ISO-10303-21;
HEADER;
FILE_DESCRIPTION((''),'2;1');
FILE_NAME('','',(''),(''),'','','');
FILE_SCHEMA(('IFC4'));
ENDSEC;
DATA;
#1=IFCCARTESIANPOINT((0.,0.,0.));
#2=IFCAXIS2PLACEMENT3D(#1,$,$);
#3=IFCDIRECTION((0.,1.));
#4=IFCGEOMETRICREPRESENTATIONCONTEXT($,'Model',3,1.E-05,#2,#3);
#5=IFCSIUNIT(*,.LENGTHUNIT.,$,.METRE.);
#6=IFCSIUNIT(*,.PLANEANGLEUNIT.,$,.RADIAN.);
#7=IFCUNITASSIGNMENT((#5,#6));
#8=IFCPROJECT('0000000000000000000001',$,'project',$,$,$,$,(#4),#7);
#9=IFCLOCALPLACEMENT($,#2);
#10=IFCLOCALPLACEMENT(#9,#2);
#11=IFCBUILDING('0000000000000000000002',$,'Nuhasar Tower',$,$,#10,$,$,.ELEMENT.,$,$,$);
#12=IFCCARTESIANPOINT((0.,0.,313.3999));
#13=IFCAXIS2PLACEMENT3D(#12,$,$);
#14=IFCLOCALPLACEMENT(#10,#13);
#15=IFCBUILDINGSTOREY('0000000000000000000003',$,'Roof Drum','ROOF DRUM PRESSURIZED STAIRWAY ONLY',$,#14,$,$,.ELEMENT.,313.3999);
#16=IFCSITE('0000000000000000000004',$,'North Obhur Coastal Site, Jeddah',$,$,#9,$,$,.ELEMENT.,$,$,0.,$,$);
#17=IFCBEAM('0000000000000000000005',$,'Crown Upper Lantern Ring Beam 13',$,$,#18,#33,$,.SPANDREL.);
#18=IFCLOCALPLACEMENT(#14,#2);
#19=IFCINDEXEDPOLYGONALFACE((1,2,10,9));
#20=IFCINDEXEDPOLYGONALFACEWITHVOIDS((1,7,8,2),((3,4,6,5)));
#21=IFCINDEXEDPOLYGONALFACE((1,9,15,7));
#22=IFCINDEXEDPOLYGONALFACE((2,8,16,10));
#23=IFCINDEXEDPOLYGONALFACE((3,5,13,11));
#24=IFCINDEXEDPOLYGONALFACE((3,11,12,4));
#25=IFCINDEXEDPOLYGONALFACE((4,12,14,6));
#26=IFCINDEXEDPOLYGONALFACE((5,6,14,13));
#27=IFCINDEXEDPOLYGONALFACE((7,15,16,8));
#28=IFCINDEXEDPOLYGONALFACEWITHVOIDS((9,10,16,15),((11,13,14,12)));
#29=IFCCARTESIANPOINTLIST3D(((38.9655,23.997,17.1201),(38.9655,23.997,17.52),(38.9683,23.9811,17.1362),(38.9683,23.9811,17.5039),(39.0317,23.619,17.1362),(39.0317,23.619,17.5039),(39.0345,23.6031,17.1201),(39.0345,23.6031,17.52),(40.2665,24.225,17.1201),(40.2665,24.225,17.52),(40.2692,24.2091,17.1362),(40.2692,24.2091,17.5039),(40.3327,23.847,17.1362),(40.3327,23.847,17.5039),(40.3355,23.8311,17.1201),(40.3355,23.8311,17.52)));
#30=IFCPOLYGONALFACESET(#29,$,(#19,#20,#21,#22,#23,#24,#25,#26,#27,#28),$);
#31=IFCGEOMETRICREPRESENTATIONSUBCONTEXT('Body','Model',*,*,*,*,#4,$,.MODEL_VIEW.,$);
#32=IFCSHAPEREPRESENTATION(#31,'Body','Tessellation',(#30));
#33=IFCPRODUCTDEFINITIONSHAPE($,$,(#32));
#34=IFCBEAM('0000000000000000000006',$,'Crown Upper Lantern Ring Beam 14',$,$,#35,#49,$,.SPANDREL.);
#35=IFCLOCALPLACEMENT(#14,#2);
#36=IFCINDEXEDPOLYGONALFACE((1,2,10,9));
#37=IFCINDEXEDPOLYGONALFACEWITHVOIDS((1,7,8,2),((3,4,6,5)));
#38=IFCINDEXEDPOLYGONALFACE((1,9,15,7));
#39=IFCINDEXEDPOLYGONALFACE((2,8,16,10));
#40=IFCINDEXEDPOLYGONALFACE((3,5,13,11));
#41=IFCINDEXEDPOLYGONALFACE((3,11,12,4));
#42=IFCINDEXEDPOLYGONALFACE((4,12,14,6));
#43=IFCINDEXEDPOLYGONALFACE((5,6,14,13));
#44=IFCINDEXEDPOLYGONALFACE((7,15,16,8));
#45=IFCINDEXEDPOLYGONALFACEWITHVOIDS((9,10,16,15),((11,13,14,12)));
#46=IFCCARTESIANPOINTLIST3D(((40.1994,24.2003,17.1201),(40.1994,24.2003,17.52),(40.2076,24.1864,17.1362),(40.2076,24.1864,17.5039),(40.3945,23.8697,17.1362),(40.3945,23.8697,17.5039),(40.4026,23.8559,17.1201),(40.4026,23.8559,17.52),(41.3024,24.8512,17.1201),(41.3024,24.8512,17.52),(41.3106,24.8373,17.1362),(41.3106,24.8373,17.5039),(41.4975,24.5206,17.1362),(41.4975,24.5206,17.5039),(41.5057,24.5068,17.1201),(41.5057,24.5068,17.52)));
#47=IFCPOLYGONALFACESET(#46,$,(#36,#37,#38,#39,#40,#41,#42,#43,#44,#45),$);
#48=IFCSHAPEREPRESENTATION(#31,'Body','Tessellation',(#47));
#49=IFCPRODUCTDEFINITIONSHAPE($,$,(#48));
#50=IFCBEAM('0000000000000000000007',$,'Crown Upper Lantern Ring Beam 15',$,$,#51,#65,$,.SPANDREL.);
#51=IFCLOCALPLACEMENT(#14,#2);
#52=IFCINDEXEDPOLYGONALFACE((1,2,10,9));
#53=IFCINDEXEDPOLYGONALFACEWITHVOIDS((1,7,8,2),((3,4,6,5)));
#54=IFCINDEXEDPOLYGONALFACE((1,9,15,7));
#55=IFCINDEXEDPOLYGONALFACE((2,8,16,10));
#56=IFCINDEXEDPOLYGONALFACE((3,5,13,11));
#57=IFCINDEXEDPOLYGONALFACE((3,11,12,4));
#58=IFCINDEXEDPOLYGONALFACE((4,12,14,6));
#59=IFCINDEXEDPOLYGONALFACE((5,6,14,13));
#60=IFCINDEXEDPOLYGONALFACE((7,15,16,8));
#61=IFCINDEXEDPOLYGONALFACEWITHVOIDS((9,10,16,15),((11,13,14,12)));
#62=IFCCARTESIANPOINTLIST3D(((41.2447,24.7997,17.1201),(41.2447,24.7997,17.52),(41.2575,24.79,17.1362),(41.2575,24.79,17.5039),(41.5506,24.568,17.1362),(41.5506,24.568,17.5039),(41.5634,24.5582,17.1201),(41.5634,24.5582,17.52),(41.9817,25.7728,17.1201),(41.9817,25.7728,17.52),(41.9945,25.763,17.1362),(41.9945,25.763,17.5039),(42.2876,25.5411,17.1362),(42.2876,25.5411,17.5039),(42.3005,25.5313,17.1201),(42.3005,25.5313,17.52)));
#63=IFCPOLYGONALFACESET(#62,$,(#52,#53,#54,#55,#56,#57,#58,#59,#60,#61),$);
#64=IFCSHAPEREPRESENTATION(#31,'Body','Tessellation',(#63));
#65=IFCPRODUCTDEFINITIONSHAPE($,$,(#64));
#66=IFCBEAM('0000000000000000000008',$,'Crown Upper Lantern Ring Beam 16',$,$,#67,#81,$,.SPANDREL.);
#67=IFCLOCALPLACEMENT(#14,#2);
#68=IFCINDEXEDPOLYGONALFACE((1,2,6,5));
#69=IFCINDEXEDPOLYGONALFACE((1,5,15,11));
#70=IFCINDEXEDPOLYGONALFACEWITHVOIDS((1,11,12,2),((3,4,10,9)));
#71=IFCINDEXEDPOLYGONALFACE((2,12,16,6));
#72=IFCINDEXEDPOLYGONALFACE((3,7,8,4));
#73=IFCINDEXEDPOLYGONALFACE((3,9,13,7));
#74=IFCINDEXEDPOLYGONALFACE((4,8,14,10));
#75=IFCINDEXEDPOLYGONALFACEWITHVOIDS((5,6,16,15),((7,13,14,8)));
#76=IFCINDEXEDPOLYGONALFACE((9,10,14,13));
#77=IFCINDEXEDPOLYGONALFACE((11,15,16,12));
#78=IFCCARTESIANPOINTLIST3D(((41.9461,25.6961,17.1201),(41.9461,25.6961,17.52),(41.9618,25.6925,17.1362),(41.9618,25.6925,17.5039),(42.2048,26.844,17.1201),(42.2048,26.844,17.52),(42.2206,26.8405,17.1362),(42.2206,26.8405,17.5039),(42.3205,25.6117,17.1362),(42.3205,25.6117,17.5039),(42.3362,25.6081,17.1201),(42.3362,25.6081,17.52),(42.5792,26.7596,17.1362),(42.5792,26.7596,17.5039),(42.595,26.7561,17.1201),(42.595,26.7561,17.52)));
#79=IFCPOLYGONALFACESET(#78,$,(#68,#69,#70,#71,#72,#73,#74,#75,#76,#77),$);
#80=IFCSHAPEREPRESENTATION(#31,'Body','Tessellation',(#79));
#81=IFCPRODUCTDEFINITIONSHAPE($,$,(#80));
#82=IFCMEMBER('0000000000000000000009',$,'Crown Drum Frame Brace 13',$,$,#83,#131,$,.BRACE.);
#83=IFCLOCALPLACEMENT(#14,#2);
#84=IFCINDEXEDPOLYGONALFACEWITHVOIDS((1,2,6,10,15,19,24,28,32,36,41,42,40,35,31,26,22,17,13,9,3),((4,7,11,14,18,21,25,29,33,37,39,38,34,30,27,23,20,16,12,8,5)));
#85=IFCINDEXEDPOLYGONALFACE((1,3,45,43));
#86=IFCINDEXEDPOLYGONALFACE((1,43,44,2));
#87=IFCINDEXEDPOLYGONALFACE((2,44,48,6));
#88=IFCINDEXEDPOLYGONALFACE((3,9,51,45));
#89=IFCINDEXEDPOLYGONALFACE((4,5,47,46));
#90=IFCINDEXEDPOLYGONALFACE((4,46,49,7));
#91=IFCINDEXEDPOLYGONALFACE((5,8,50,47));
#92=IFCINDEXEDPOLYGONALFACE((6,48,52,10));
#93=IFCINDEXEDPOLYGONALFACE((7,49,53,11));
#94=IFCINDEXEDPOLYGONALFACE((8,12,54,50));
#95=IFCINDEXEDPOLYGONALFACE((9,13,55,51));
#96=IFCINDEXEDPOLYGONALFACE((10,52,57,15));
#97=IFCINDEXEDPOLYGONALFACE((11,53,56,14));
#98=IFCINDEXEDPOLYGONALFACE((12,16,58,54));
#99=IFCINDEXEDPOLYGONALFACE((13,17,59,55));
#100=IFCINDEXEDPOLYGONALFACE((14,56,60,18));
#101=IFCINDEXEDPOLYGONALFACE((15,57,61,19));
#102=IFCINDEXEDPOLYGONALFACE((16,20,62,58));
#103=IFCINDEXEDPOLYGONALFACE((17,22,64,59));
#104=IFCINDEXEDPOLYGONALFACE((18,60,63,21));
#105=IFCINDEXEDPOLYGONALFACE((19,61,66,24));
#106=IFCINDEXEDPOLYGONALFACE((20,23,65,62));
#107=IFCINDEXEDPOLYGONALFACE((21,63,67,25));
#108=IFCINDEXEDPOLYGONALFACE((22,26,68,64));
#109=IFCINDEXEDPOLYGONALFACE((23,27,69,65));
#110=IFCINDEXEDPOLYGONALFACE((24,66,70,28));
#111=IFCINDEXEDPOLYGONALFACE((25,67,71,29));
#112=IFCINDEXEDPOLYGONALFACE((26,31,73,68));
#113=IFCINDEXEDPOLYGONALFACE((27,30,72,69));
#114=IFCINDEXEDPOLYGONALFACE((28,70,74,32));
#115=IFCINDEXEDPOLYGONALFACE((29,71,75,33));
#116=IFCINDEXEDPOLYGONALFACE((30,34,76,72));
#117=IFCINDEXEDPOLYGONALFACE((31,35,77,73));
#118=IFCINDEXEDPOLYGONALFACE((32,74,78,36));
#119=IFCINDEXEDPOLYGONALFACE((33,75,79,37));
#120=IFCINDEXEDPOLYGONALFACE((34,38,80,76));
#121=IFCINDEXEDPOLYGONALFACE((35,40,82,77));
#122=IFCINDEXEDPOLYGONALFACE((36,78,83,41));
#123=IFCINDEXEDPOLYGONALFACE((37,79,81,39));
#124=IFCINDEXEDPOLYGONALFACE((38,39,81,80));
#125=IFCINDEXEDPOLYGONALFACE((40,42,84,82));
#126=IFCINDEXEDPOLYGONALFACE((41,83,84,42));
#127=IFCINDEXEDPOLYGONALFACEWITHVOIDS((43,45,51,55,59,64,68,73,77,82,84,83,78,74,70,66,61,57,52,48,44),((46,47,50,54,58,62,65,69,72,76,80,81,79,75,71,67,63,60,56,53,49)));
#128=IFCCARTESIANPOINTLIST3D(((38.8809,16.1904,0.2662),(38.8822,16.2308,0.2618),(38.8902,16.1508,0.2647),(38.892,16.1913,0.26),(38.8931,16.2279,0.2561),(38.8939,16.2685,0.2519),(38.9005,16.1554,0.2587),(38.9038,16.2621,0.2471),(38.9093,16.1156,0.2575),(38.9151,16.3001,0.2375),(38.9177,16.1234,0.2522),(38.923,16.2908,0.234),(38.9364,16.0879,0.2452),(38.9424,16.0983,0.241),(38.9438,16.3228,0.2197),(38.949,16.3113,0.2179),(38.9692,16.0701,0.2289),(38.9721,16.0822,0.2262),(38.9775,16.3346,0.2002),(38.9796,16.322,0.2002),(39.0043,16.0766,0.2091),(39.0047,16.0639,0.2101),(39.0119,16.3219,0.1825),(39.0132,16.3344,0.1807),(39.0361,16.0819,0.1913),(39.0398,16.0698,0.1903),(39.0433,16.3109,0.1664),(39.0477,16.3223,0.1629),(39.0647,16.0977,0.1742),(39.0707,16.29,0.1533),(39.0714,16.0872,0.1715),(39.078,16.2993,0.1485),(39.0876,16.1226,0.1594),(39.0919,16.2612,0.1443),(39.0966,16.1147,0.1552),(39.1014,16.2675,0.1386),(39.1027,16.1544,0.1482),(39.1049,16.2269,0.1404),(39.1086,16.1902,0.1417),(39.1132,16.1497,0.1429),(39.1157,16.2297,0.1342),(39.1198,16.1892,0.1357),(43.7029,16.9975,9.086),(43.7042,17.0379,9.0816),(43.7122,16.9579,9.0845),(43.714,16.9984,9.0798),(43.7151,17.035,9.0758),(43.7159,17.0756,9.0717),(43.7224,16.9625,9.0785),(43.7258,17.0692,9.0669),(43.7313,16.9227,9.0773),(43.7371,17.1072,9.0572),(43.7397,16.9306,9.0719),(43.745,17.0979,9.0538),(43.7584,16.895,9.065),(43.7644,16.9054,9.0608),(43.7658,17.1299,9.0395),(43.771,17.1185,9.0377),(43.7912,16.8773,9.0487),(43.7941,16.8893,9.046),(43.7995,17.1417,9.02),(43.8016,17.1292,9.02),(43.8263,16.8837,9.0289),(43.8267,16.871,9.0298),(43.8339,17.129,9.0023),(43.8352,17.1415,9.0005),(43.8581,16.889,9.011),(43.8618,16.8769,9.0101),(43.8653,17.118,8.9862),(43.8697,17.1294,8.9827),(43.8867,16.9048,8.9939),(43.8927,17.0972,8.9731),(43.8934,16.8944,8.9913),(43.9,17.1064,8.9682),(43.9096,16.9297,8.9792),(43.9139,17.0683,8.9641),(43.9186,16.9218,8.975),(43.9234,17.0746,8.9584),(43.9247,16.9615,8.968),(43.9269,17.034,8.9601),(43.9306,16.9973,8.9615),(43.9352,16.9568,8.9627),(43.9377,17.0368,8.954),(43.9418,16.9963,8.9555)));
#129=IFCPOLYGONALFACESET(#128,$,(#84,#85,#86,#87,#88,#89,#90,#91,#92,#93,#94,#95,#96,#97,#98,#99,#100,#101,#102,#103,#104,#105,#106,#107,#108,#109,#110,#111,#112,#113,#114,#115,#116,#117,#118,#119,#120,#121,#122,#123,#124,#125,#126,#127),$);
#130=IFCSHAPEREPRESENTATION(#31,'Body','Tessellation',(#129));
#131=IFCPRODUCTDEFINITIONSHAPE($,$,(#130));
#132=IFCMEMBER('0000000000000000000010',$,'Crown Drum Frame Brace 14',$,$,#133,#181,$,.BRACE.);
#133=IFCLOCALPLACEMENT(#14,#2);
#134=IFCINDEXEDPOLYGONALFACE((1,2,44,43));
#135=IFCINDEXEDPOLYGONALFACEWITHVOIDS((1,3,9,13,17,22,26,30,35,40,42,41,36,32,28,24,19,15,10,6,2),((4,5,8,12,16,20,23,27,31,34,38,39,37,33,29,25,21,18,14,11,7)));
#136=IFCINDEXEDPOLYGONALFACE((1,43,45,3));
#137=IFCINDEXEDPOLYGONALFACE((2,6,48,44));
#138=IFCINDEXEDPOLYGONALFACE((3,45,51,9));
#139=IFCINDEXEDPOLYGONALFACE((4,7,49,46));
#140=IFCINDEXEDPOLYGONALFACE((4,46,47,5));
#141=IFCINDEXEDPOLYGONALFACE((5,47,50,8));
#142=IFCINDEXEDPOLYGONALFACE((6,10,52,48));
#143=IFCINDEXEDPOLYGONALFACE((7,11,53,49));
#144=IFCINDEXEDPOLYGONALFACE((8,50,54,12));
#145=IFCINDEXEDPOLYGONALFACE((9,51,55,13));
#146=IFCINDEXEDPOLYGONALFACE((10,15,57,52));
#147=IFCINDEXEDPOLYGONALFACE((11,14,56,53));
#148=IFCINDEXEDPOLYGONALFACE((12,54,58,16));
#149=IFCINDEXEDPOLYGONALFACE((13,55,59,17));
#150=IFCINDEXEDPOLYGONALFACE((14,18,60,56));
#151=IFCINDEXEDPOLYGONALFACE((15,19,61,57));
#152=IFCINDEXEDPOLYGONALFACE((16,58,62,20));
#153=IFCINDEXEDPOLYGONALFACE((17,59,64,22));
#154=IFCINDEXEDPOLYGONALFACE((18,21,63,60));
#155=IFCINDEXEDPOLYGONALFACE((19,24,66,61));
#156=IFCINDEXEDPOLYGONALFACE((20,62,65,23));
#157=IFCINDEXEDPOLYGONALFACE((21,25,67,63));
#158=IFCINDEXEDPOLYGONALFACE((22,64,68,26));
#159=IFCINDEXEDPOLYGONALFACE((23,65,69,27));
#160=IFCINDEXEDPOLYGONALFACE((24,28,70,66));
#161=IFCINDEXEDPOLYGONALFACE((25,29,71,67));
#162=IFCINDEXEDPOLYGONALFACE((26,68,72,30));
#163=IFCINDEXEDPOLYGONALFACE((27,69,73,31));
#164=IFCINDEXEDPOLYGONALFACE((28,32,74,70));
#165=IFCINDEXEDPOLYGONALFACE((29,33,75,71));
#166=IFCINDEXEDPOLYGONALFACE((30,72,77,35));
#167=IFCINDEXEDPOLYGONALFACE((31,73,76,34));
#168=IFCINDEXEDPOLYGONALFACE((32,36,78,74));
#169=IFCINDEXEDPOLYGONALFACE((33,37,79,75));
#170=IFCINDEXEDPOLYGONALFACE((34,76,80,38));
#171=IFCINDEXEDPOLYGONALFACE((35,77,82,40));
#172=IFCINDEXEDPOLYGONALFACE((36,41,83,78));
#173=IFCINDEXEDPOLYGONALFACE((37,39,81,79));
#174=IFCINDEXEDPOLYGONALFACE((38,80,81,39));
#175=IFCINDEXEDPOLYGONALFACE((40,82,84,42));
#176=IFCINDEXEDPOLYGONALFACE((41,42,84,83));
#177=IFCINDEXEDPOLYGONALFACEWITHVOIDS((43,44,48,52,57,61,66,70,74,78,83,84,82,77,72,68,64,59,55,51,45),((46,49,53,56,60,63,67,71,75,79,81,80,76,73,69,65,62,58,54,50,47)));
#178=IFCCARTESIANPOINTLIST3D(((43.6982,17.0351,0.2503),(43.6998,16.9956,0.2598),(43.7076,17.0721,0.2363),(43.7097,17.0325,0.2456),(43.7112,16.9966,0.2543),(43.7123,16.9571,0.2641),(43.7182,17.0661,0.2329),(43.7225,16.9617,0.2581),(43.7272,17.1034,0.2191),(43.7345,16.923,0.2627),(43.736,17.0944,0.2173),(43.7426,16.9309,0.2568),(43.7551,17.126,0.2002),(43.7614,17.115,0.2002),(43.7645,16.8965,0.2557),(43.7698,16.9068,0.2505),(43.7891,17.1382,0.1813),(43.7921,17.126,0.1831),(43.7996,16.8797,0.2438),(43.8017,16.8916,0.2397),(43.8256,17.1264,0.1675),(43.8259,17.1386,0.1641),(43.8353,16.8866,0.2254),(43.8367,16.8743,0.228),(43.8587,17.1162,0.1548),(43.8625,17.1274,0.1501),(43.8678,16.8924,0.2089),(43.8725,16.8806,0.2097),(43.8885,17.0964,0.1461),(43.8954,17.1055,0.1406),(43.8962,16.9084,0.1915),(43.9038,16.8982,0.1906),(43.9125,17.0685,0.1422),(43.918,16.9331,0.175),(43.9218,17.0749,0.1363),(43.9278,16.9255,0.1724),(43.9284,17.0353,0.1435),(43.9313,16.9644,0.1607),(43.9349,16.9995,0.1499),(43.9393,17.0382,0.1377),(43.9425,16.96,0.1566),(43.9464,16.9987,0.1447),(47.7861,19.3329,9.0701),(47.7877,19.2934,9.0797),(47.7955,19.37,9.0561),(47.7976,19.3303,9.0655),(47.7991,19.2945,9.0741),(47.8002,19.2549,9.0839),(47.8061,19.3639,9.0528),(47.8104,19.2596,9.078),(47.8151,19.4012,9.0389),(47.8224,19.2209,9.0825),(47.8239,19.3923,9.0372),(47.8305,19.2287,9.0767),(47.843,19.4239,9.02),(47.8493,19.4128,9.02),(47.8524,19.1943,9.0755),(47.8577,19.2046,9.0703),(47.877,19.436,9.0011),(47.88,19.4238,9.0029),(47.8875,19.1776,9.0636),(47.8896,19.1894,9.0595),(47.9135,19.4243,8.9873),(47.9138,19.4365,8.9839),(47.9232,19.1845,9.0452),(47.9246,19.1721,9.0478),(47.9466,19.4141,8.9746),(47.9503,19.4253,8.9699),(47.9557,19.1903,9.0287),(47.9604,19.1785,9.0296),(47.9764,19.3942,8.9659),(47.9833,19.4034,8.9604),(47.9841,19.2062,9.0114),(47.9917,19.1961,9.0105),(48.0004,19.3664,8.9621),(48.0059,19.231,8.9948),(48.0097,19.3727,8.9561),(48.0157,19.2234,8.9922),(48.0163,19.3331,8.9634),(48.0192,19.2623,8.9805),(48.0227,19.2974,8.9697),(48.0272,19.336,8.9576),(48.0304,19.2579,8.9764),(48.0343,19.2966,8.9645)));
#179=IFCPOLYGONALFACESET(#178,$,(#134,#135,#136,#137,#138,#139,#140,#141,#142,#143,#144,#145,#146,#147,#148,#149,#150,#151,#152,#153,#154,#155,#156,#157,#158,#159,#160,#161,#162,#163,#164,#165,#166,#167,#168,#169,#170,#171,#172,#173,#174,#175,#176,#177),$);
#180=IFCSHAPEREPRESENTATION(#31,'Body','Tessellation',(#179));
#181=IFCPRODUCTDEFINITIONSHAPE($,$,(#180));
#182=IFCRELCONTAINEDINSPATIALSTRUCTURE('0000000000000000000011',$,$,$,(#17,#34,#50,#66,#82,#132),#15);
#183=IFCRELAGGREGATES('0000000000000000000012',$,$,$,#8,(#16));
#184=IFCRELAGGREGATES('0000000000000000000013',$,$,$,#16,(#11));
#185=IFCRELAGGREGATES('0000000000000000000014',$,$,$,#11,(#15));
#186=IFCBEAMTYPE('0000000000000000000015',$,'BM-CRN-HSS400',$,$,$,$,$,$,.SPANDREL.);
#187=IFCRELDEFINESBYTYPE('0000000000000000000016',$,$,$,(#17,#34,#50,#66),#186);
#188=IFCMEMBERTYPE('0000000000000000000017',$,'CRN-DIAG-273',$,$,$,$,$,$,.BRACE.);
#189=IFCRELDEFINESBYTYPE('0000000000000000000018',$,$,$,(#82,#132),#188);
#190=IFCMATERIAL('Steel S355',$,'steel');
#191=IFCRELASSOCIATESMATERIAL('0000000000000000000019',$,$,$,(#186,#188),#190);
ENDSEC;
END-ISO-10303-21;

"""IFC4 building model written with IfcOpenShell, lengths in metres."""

from ifc_helpers import new_model, si_unit, direction, frame, origin, origin_2d, place, context, subcontext, project, spatial, hollow_rectangle, hollow_circle, extrude, material, material_profile, profile_set, type_object, element, save


model = new_model("IFC4")

# Units and contexts
model_context = context("Model", 3, precision=1e-05, world=origin(), true_north=direction((0.0, 1.0)))
body_context = subcontext(model_context, "Body", "Model", "MODEL_VIEW")
ifc_project = project(units=[si_unit("LENGTHUNIT", "METRE"), si_unit("PLANEANGLEUNIT", "RADIAN")], contexts=[model_context])

# Site, building, storey
site_placement = place(None, origin())
site = spatial("IfcSite", under=ifc_project, at=site_placement, Name="North Obhur Coastal Site, Jeddah", CompositionType="ELEMENT", RefElevation=0.0)
building_placement = place(site_placement, origin())
building = spatial("IfcBuilding", under=site, at=building_placement, Name="Nuhasar Tower", CompositionType="ELEMENT")
storey_placement = place(building_placement, frame((0.0, 0.0, 313.3999)))
storey = spatial("IfcBuildingStorey", under=building, at=storey_placement, Name="Roof Drum", Description="ROOF DRUM PRESSURIZED STAIRWAY ONLY", CompositionType="ELEMENT", Elevation=313.3999)

# Beams
ifc_material_1 = material(Name="Steel S355", Category="steel")
ifc_material_profile_1 = material_profile(ifc_material_1, hollow_rectangle(XDim=0.3999, YDim=0.3999, WallThickness=0.0161, at=origin_2d()), Name="HSS400X400X16")
ifc_profile_set_1 = profile_set([ifc_material_profile_1], Name="Steel S355")
beam_type = type_object("IfcBeamType", Name="BM-CRN-HSS400", PredefinedType="SPANDREL", material=ifc_profile_set_1)
beam_1_placement = place(storey_placement, frame((39.0, 23.8, 17.3201), z_axis=(0.984986, 0.172636, 0.0), x_axis=(-0.172636, 0.984986, 0.0)))
element("IfcBeam", 1, at=beam_1_placement, inside=storey, type_object=beam_type, Name="Crown Upper Lantern Ring Beam 13", PredefinedType="SPANDREL", context=body_context, shape_type="SweptSolid", body=[
    extrude(hollow_rectangle(XDim=0.3999, YDim=0.3999, WallThickness=0.0161, at=origin_2d()), origin(), (0.0, 0.0, 1.0), 1.3208),
])
beam_2_placement = place(storey_placement, frame((40.301, 24.0281, 17.3201), z_axis=(0.861238, 0.508203, 0.0), x_axis=(-0.508203, 0.861238, 0.0)))
element("IfcBeam", 2, at=beam_2_placement, inside=storey, type_object=beam_type, Name="Crown Upper Lantern Ring Beam 14", PredefinedType="SPANDREL", context=body_context, shape_type="SweptSolid", body=[
    extrude(hollow_rectangle(XDim=0.3999, YDim=0.3999, WallThickness=0.0161, at=origin_2d()), origin(), (0.0, 0.0, 1.0), 1.2808),
])
beam_3_placement = place(storey_placement, frame((41.4041, 24.679, 17.3201), z_axis=(0.603769, 0.797159, 0.0), x_axis=(-0.797159, 0.603769, 0.0)))
element("IfcBeam", 3, at=beam_3_placement, inside=storey, type_object=beam_type, Name="Crown Upper Lantern Ring Beam 15", PredefinedType="SPANDREL", context=body_context, shape_type="SweptSolid", body=[
    extrude(hollow_rectangle(XDim=0.3999, YDim=0.3999, WallThickness=0.0161, at=origin_2d()), origin(), (0.0, 0.0, 1.0), 1.2207),
])
beam_4_placement = place(storey_placement, frame((42.1411, 25.6521, 17.3201), z_axis=(0.219917, 0.975519, 0.0), x_axis=(-0.975519, 0.219917, 0.0)))
element("IfcBeam", 4, at=beam_4_placement, inside=storey, type_object=beam_type, Name="Crown Upper Lantern Ring Beam 16", PredefinedType="SPANDREL", context=body_context, shape_type="SweptSolid", body=[
    extrude(hollow_rectangle(XDim=0.3999, YDim=0.3999, WallThickness=0.0161, at=origin_2d()), origin(), (0.0, 0.0, 1.0), 1.1768),
])

# Members
ifc_material_profile_2 = material_profile(ifc_material_1, hollow_circle(Radius=0.1365, WallThickness=0.0127, at=origin_2d()), Name="HSS273.1X12.7")
ifc_profile_set_2 = profile_set([ifc_material_profile_2], Name="Steel S355")
member_type_1 = type_object("IfcMemberType", Name="CRN-DIAG-273", PredefinedType="BRACE", material=ifc_profile_set_2)
member_1_placement = place(storey_placement, frame((39.0, 16.2, 0.2002), z_axis=(0.478172, 0.080038, 0.874611), x_axis=(-0.165087, 0.986279, 0.0)))
element("IfcMember", 5, at=member_1_placement, inside=storey, type_object=member_type_1, Name="Crown Drum Frame Brace 13", PredefinedType="BRACE", context=body_context, shape_type="SweptSolid", body=[
    extrude(hollow_circle(Radius=0.1365, WallThickness=0.0127, at=origin_2d()), origin(), (0.0, 0.0, 1.0), 10.0842),
])
member_2_placement = place(storey_placement, frame((43.822, 17.0071, 0.2002), z_axis=(0.409239, 0.230038, 0.882953), x_axis=(-0.490004, 0.87172, 0.0)))
element("IfcMember", 6, at=member_2_placement, inside=storey, type_object=member_type_1, Name="Crown Drum Frame Brace 14", PredefinedType="BRACE", context=body_context, shape_type="SweptSolid", body=[
    extrude(hollow_circle(Radius=0.1365, WallThickness=0.0127, at=origin_2d()), origin(), (0.0, 0.0, 1.0), 9.989),
])

save(model, "model.ifc")
